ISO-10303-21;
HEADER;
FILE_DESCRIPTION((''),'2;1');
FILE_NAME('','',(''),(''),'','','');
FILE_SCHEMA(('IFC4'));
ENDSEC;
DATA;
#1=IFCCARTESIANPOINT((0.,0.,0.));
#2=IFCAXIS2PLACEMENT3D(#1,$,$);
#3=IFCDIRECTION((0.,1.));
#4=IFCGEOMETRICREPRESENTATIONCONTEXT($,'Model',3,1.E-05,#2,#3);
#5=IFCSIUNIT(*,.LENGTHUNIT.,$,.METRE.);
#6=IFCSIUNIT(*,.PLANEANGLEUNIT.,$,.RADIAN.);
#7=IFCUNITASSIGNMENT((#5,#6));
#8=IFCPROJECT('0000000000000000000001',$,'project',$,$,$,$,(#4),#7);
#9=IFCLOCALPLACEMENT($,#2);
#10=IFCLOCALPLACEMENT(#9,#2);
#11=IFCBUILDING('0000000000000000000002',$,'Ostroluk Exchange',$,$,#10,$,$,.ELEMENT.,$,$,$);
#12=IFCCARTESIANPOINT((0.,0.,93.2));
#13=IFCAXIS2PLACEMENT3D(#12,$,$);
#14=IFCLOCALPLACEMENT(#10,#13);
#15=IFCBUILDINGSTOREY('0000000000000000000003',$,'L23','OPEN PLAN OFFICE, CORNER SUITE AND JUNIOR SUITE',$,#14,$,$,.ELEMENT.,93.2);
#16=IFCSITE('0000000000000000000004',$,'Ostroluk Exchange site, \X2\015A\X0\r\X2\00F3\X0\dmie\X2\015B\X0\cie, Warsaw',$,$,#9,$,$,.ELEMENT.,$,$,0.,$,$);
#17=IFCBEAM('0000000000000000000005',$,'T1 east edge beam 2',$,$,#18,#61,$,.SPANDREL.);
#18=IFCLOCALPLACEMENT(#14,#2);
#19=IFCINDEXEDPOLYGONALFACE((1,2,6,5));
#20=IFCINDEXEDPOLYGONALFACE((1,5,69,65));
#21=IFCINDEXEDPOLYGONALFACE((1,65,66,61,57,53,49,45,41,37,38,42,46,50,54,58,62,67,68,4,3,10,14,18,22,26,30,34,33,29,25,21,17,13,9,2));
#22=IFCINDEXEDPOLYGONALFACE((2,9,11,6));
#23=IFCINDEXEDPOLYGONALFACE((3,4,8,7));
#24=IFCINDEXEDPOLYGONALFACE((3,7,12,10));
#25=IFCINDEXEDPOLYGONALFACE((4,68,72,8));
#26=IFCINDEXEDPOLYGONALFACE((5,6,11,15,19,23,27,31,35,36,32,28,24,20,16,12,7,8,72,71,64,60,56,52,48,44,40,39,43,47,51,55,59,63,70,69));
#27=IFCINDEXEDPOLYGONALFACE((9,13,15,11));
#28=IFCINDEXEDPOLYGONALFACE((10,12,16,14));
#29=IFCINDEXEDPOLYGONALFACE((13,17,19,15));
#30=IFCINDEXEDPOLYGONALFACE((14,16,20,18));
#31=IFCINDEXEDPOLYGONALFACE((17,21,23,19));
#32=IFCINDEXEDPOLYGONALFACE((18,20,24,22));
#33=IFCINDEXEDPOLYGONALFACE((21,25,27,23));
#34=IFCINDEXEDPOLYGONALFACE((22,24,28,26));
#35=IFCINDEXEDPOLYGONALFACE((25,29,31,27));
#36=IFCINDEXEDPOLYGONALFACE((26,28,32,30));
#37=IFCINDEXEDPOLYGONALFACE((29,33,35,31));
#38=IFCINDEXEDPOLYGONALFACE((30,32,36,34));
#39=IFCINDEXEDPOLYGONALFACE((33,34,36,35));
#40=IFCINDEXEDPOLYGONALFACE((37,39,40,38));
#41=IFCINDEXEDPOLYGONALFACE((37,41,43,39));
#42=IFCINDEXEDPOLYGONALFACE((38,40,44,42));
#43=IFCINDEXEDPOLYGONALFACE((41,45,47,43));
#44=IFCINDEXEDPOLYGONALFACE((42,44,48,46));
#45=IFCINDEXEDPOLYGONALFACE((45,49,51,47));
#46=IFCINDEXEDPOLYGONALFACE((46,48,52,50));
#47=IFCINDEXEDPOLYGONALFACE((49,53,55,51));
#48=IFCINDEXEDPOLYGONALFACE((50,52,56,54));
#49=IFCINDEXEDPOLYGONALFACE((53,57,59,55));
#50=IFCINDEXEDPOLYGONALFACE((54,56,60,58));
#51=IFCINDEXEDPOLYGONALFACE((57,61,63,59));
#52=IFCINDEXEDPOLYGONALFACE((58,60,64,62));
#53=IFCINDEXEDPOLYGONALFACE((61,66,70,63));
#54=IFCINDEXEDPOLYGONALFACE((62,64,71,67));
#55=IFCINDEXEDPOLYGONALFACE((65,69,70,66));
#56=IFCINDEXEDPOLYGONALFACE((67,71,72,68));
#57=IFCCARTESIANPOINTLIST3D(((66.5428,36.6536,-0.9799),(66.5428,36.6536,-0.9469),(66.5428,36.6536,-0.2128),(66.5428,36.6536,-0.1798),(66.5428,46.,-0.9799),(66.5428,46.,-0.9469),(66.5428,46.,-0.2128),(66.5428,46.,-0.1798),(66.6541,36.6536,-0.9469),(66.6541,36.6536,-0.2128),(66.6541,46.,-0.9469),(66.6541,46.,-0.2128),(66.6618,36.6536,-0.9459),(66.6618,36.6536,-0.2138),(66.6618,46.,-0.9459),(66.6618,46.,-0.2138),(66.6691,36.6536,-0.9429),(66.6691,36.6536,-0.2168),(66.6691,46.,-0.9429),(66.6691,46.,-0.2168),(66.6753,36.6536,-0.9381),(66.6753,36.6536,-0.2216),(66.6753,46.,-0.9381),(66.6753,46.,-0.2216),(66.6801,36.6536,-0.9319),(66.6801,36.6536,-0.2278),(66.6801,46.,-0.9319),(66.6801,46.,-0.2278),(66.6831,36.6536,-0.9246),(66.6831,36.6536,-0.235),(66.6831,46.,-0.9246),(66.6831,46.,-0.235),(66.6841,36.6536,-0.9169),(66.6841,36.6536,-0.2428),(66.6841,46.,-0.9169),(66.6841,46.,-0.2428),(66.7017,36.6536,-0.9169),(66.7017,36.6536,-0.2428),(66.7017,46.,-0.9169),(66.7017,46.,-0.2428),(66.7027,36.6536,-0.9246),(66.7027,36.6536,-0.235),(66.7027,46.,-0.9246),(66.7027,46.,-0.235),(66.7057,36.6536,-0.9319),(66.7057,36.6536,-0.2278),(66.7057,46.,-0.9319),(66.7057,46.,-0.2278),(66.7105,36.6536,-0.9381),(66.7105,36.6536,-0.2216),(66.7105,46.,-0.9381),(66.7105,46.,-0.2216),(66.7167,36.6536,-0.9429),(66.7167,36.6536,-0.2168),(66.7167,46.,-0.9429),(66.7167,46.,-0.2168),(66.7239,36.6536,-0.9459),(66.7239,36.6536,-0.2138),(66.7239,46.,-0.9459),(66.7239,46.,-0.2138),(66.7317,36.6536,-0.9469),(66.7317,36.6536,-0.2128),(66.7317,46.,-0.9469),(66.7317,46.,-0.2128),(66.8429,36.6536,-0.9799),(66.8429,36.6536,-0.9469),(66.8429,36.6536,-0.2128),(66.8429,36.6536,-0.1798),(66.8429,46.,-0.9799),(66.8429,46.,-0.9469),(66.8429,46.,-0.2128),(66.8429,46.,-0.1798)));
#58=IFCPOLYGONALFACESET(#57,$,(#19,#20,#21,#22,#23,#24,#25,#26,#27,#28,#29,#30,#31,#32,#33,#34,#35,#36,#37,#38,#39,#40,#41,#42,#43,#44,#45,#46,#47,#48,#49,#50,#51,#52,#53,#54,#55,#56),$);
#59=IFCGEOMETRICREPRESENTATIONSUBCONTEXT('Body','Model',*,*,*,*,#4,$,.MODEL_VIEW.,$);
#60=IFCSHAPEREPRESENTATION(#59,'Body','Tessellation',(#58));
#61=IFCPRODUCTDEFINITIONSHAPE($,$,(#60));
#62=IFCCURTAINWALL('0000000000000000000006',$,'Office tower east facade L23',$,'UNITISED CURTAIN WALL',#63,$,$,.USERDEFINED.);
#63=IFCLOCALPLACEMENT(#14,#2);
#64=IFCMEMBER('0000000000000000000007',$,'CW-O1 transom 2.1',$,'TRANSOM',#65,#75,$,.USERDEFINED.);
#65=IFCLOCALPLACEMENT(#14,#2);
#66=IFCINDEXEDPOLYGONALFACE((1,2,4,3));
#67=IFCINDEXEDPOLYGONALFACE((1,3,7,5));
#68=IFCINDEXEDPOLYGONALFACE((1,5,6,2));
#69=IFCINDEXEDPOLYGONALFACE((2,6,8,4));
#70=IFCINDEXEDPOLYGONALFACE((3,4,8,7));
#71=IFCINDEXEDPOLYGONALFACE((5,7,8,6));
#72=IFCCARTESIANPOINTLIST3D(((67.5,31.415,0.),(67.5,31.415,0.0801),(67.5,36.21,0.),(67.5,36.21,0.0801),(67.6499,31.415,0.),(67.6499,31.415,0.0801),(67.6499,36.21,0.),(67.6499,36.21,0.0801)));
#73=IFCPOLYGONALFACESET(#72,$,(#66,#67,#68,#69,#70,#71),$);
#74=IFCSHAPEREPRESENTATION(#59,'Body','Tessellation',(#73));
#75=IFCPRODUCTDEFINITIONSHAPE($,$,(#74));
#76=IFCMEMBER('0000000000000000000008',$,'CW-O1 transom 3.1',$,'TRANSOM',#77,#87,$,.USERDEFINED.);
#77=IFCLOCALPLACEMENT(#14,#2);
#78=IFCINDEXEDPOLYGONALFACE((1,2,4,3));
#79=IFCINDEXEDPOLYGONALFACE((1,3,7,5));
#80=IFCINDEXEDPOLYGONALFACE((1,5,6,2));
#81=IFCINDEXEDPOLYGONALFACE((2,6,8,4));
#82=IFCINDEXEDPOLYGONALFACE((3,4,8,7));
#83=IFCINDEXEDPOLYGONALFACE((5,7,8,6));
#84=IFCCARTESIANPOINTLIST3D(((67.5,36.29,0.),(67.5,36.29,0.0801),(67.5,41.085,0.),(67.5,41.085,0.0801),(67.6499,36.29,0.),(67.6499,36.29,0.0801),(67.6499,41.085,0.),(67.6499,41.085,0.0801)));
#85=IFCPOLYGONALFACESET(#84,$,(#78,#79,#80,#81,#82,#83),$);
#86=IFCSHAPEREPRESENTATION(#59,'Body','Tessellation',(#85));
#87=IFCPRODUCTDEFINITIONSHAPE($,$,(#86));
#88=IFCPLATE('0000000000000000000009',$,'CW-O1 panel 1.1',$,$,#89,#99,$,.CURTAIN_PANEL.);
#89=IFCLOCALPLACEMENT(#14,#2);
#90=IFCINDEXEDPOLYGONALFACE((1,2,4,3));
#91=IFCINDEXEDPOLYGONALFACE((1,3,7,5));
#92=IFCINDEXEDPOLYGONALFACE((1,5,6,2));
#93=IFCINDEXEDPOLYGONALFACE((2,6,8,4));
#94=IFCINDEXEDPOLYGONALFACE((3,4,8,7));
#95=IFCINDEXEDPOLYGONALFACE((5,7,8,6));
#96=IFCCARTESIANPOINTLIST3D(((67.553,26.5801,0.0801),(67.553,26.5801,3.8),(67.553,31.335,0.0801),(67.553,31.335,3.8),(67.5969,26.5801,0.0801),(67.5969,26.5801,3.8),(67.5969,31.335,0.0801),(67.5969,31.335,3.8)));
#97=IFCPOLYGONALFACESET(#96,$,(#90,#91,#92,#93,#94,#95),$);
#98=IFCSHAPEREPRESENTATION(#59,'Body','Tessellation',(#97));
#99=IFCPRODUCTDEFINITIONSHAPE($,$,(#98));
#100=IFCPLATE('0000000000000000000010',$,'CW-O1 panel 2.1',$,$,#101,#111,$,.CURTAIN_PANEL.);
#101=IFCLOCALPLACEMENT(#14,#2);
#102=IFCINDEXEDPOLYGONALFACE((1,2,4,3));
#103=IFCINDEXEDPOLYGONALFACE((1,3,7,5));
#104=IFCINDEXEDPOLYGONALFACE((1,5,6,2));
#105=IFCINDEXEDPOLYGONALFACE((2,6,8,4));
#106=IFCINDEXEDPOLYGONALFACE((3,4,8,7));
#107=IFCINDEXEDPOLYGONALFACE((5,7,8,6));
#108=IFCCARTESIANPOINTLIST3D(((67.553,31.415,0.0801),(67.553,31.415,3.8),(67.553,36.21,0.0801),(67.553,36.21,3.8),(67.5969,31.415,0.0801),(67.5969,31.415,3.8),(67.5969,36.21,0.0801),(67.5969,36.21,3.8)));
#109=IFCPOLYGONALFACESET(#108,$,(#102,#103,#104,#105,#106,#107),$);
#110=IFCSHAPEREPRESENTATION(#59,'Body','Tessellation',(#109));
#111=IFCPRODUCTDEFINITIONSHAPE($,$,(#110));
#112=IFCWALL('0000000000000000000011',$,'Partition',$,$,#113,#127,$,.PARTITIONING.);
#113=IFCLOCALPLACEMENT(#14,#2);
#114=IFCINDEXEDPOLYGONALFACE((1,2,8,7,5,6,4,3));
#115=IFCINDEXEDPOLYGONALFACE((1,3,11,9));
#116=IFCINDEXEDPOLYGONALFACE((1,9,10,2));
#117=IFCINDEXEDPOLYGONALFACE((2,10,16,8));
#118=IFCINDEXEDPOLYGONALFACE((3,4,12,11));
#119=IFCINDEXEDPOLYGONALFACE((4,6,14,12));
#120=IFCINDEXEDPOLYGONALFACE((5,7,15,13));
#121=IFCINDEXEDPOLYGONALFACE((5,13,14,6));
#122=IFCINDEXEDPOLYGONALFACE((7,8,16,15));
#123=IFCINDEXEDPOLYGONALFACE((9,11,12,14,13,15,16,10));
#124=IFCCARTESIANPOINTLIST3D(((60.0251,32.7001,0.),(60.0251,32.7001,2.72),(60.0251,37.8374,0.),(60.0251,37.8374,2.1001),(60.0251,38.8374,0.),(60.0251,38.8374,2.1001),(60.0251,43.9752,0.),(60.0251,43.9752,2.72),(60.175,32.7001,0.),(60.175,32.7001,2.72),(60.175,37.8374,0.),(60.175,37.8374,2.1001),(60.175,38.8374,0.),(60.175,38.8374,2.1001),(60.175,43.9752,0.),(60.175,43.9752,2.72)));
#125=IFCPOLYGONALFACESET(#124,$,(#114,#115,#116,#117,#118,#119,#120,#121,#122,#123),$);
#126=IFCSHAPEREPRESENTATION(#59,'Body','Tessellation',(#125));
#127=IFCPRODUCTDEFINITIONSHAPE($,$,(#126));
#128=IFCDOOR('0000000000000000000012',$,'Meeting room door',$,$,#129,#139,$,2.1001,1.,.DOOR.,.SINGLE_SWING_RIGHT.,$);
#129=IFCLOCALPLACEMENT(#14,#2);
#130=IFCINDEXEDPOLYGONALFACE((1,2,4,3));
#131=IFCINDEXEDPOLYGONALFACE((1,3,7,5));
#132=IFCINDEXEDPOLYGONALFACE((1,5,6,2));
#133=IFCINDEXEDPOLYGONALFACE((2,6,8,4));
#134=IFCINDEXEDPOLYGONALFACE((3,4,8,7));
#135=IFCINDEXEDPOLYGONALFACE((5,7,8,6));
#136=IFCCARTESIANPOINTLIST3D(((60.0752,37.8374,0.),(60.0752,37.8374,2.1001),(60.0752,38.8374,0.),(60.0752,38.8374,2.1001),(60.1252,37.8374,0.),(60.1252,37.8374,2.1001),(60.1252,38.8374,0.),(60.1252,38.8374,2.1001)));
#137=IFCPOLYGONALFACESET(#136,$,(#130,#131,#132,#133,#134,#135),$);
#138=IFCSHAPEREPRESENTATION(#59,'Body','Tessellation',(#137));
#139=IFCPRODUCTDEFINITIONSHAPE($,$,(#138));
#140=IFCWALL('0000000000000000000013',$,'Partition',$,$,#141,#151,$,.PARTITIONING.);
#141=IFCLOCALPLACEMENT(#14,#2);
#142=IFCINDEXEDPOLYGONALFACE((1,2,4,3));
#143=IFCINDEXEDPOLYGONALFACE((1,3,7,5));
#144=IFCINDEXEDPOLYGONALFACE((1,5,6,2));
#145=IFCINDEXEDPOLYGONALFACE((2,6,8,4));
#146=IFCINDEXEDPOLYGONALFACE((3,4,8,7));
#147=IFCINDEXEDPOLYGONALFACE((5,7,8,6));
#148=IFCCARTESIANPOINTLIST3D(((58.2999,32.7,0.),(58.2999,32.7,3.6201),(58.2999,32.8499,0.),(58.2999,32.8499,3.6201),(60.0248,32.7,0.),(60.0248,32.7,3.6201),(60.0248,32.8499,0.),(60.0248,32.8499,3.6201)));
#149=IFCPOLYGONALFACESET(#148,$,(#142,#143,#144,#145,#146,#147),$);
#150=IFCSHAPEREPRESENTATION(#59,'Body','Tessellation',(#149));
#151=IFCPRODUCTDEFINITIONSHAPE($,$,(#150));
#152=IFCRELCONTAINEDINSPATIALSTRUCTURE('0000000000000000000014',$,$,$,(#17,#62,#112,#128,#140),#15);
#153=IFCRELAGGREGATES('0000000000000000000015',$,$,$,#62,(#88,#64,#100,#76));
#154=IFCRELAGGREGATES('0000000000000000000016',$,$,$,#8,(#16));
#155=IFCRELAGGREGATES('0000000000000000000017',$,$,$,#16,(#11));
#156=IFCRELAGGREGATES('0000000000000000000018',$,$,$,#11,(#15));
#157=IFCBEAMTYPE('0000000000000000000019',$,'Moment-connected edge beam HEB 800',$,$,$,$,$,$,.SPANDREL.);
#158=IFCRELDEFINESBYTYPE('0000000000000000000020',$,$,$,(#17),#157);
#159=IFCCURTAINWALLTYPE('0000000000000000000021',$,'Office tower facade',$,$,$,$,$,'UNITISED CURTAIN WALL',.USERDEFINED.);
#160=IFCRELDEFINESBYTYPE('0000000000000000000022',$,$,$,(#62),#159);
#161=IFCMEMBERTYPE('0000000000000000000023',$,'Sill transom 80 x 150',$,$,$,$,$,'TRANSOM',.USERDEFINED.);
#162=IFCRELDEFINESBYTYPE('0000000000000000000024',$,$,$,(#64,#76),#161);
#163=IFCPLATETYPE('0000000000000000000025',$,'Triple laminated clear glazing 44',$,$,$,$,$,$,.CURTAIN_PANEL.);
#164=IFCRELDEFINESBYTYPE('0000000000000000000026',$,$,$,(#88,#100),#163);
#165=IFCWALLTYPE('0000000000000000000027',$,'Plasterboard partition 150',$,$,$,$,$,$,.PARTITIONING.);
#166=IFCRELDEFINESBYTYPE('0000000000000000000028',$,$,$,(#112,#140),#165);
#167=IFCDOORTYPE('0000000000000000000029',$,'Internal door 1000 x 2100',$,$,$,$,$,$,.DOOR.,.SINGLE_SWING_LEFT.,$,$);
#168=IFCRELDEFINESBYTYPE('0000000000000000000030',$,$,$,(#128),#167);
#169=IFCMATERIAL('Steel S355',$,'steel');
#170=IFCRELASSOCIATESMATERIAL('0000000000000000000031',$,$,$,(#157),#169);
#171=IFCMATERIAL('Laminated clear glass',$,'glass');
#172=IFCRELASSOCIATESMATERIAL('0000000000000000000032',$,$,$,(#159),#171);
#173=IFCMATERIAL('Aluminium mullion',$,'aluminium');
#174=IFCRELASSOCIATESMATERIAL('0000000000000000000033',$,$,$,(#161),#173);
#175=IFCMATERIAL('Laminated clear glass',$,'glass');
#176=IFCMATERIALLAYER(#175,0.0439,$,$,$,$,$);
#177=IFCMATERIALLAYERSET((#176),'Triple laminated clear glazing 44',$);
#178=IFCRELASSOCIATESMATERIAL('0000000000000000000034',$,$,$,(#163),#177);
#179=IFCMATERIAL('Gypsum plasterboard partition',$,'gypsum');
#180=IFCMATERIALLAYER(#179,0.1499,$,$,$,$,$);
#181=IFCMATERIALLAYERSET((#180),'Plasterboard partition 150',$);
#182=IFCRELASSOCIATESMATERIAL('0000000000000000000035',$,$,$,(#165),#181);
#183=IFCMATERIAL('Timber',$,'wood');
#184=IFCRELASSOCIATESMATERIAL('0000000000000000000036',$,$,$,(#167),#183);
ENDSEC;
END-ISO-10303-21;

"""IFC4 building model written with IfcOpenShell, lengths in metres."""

from ifc_helpers import new_model, si_unit, direction, frame, frame_2d, origin, origin_2d, place, context, subcontext, project, spatial, rectangle, i_section, extrude, material, layer, layer_set, material_profile, profile_set, type_object, element, fill, aggregate, save


model = new_model("IFC4")

# Units and contexts
model_context = context("Model", 3, precision=1e-05, world=origin(), true_north=direction((0.0, 1.0)))
body_context = subcontext(model_context, "Body", "Model", "MODEL_VIEW")
ifc_project = project(units=[si_unit("LENGTHUNIT", "METRE"), si_unit("PLANEANGLEUNIT", "RADIAN")], contexts=[model_context])

# Site, building, storey
site_placement = place(None, origin())
site = spatial("IfcSite", under=ifc_project, at=site_placement, Name="Ostroluk Exchange site, Śródmieście, Warsaw", CompositionType="ELEMENT", RefElevation=0.0)
building_placement = place(site_placement, origin())
building = spatial("IfcBuilding", under=site, at=building_placement, Name="Ostroluk Exchange", CompositionType="ELEMENT")
storey_placement = place(building_placement, frame((0.0, 0.0, 93.2)))
storey = spatial("IfcBuildingStorey", under=building, at=storey_placement, Name="L23", Description="OPEN PLAN OFFICE, CORNER SUITE AND JUNIOR SUITE", CompositionType="ELEMENT", Elevation=93.2)

# Beam
ifc_material_1 = material(Name="Steel S355", Category="steel")
ifc_material_profile_1 = material_profile(ifc_material_1, i_section(OverallWidth=0.3, OverallDepth=0.8, WebThickness=0.0176, FlangeThickness=0.033, FilletRadius=0.03, at=origin_2d()), Name="HEB 800")
ifc_profile_set_1 = profile_set([ifc_material_profile_1], Name="Steel S355")
beam_type_1 = type_object("IfcBeamType", Name="Moment-connected edge beam HEB 800", PredefinedType="SPANDREL", material=ifc_profile_set_1)
beam_1_placement = place(storey_placement, frame((66.6929, 36.6536, -0.5798), z_axis=(0.0, 1.0, 0.0), x_axis=(-1.0, 0.0, 0.0)))
element("IfcBeam", 1, at=beam_1_placement, inside=storey, type_object=beam_type_1, Name="T1 east edge beam 2", PredefinedType="SPANDREL", context=body_context, shape_type="SweptSolid", body=[
    extrude(i_section(OverallWidth=0.3, OverallDepth=0.8, WebThickness=0.0176, FlangeThickness=0.033, FilletRadius=0.03, at=origin_2d()), origin(), (0.0, 0.0, 1.0), 9.3464),
])

# Curtain wall, members, plates
ifc_material_2 = material(Name="Laminated clear glass", Category="glass")
curtain_wall_type = type_object("IfcCurtainWallType", Name="Office tower facade", ElementType="UNITISED CURTAIN WALL", PredefinedType="USERDEFINED", material=ifc_material_2)
curtain_wall_placement = place(storey_placement, origin())
curtain_wall = element("IfcCurtainWall", 2, at=curtain_wall_placement, inside=storey, type_object=curtain_wall_type, Name="Office tower east facade L23", ObjectType="UNITISED CURTAIN WALL", PredefinedType="USERDEFINED")
ifc_material_3 = material(Name="Aluminium mullion", Category="aluminium")
ifc_material_profile_2 = material_profile(ifc_material_3, rectangle(XDim=0.1499, YDim=0.0801, at=origin_2d()), Name="Sill transom 80 x 150")
ifc_profile_set_2 = profile_set([ifc_material_profile_2], Name="Aluminium mullion")
member_type = type_object("IfcMemberType", Name="Sill transom 80 x 150", ElementType="TRANSOM", PredefinedType="USERDEFINED", material=ifc_profile_set_2)
member_1_placement = place(storey_placement, frame((67.575, 31.415, 0.04), z_axis=(0.0, 1.0, 0.0), x_axis=(-1.0, 0.0, 0.0)))
member_1 = element("IfcMember", 3, at=member_1_placement, type_object=member_type, Name="CW-O1 transom 2.1", ObjectType="TRANSOM", PredefinedType="USERDEFINED", context=body_context, shape_type="SweptSolid", body=[
    extrude(rectangle(XDim=0.1499, YDim=0.0801, at=origin_2d()), origin(), (0.0, 0.0, 1.0), 4.7949),
])
member_2_placement = place(storey_placement, frame((67.575, 36.29, 0.04), z_axis=(0.0, 1.0, 0.0), x_axis=(-1.0, 0.0, 0.0)))
member_2 = element("IfcMember", 4, at=member_2_placement, type_object=member_type, Name="CW-O1 transom 3.1", ObjectType="TRANSOM", PredefinedType="USERDEFINED", context=body_context, shape_type="SweptSolid", body=[
    extrude(rectangle(XDim=0.1499, YDim=0.0801, at=origin_2d()), origin(), (0.0, 0.0, 1.0), 4.7949),
])
ifc_material_4 = material(Name="Laminated clear glass", Category="glass")
ifc_layer_1 = layer(ifc_material_4, 0.0439)
ifc_layer_set_1 = layer_set([ifc_layer_1], Name="Triple laminated clear glazing 44")
plate_type = type_object("IfcPlateType", Name="Triple laminated clear glazing 44", PredefinedType="CURTAIN_PANEL", material=ifc_layer_set_1)
plate_1_placement = place(storey_placement, frame((67.575, 28.9575, 0.0801), z_axis=(0.0, 0.0, 1.0), x_axis=(0.0, 1.0, 0.0)))
plate_1 = element("IfcPlate", 5, at=plate_1_placement, type_object=plate_type, Name="CW-O1 panel 1.1", PredefinedType="CURTAIN_PANEL", context=body_context, shape_type="SweptSolid", body=[
    extrude(rectangle(XDim=4.7549, YDim=0.0439, at=origin_2d()), origin(), (0.0, 0.0, 1.0), 3.72),
])
plate_2_placement = place(storey_placement, frame((67.575, 33.8125, 0.0801), z_axis=(0.0, 0.0, 1.0), x_axis=(0.0, 1.0, 0.0)))
plate_2 = element("IfcPlate", 6, at=plate_2_placement, type_object=plate_type, Name="CW-O1 panel 2.1", PredefinedType="CURTAIN_PANEL", context=body_context, shape_type="SweptSolid", body=[
    extrude(rectangle(XDim=4.7949, YDim=0.0439, at=origin_2d()), origin(), (0.0, 0.0, 1.0), 3.72),
])
aggregate(curtain_wall, [plate_1, member_1, plate_2, member_2])

# Wall, opening, door
ifc_material_5 = material(Name="Gypsum plasterboard partition", Category="gypsum")
ifc_layer_2 = layer(ifc_material_5, 0.1499)
ifc_layer_set_2 = layer_set([ifc_layer_2], Name="Plasterboard partition 150")
wall_type_1 = type_object("IfcWallType", Name="Plasterboard partition 150", PredefinedType="PARTITIONING", material=ifc_layer_set_2)
wall_1_placement = place(storey_placement, frame((60.1001, 32.7, 0.0), z_axis=(0.0, 0.0, 1.0), x_axis=(0.0, 1.0, 0.0)))
wall_1 = element("IfcWall", 7, at=wall_1_placement, inside=storey, type_object=wall_type_1, Name="Partition", PredefinedType="PARTITIONING", context=body_context, shape_type="SweptSolid", body=[
    extrude(rectangle(XDim=11.2751, YDim=0.1499, at=frame_2d((5.6377, 0.0))), origin(), (0.0, 0.0, 1.0), 2.72),
])
opening_1_placement = place(wall_1_placement, frame((5.1375, 0.0, 0.0)))
opening_1 = element("IfcOpeningElement", 8, at=opening_1_placement, cuts=wall_1, PredefinedType="OPENING", context=body_context, shape_type="SweptSolid", body=[
    extrude(rectangle(XDim=1.0, YDim=2.1001, at=frame_2d((0.5, 1.05))), frame((0.0, 0.085, 0.0), z_axis=(0.0, -1.0, 0.0), x_axis=(1.0, 0.0, 0.0)), (0.0, 0.0, 1.0), 0.1699),
])
ifc_material_6 = material(Name="Timber", Category="wood")
door_type_1 = type_object("IfcDoorType", Name="Internal door 1000 x 2100", OperationType="SINGLE_SWING_LEFT", PredefinedType="DOOR", material=ifc_material_6)
door_1_placement = place(opening_1_placement, origin())
door_1 = element("IfcDoor", 9, at=door_1_placement, inside=storey, type_object=door_type_1, Name="Meeting room door", OperationType="SINGLE_SWING_RIGHT", OverallHeight=2.1001, OverallWidth=1.0, PredefinedType="DOOR", context=body_context, shape_type="SweptSolid", body=[
    extrude(rectangle(XDim=1.0, YDim=2.1001, at=frame_2d((0.5, 1.05))), frame((0.0, 0.0249, 0.0), z_axis=(0.0, -1.0, 0.0), x_axis=(1.0, 0.0, 0.0)), (0.0, 0.0, 1.0), 0.05),
])
fill(opening_1, door_1)

# Wall
wall_2_placement = place(storey_placement, frame((58.3, 32.7749, 0.0), z_axis=(0.0, 0.0, 1.0), x_axis=(1.0, 0.0, 0.0)))
element("IfcWall", 10, at=wall_2_placement, inside=storey, type_object=wall_type_1, Name="Partition", PredefinedType="PARTITIONING", context=body_context, shape_type="SweptSolid", body=[
    extrude(rectangle(XDim=1.7249, YDim=0.1499, at=frame_2d((0.8623, 0.0))), origin(), (0.0, 0.0, 1.0), 3.6201),
])

save(model, "model.ifc")
